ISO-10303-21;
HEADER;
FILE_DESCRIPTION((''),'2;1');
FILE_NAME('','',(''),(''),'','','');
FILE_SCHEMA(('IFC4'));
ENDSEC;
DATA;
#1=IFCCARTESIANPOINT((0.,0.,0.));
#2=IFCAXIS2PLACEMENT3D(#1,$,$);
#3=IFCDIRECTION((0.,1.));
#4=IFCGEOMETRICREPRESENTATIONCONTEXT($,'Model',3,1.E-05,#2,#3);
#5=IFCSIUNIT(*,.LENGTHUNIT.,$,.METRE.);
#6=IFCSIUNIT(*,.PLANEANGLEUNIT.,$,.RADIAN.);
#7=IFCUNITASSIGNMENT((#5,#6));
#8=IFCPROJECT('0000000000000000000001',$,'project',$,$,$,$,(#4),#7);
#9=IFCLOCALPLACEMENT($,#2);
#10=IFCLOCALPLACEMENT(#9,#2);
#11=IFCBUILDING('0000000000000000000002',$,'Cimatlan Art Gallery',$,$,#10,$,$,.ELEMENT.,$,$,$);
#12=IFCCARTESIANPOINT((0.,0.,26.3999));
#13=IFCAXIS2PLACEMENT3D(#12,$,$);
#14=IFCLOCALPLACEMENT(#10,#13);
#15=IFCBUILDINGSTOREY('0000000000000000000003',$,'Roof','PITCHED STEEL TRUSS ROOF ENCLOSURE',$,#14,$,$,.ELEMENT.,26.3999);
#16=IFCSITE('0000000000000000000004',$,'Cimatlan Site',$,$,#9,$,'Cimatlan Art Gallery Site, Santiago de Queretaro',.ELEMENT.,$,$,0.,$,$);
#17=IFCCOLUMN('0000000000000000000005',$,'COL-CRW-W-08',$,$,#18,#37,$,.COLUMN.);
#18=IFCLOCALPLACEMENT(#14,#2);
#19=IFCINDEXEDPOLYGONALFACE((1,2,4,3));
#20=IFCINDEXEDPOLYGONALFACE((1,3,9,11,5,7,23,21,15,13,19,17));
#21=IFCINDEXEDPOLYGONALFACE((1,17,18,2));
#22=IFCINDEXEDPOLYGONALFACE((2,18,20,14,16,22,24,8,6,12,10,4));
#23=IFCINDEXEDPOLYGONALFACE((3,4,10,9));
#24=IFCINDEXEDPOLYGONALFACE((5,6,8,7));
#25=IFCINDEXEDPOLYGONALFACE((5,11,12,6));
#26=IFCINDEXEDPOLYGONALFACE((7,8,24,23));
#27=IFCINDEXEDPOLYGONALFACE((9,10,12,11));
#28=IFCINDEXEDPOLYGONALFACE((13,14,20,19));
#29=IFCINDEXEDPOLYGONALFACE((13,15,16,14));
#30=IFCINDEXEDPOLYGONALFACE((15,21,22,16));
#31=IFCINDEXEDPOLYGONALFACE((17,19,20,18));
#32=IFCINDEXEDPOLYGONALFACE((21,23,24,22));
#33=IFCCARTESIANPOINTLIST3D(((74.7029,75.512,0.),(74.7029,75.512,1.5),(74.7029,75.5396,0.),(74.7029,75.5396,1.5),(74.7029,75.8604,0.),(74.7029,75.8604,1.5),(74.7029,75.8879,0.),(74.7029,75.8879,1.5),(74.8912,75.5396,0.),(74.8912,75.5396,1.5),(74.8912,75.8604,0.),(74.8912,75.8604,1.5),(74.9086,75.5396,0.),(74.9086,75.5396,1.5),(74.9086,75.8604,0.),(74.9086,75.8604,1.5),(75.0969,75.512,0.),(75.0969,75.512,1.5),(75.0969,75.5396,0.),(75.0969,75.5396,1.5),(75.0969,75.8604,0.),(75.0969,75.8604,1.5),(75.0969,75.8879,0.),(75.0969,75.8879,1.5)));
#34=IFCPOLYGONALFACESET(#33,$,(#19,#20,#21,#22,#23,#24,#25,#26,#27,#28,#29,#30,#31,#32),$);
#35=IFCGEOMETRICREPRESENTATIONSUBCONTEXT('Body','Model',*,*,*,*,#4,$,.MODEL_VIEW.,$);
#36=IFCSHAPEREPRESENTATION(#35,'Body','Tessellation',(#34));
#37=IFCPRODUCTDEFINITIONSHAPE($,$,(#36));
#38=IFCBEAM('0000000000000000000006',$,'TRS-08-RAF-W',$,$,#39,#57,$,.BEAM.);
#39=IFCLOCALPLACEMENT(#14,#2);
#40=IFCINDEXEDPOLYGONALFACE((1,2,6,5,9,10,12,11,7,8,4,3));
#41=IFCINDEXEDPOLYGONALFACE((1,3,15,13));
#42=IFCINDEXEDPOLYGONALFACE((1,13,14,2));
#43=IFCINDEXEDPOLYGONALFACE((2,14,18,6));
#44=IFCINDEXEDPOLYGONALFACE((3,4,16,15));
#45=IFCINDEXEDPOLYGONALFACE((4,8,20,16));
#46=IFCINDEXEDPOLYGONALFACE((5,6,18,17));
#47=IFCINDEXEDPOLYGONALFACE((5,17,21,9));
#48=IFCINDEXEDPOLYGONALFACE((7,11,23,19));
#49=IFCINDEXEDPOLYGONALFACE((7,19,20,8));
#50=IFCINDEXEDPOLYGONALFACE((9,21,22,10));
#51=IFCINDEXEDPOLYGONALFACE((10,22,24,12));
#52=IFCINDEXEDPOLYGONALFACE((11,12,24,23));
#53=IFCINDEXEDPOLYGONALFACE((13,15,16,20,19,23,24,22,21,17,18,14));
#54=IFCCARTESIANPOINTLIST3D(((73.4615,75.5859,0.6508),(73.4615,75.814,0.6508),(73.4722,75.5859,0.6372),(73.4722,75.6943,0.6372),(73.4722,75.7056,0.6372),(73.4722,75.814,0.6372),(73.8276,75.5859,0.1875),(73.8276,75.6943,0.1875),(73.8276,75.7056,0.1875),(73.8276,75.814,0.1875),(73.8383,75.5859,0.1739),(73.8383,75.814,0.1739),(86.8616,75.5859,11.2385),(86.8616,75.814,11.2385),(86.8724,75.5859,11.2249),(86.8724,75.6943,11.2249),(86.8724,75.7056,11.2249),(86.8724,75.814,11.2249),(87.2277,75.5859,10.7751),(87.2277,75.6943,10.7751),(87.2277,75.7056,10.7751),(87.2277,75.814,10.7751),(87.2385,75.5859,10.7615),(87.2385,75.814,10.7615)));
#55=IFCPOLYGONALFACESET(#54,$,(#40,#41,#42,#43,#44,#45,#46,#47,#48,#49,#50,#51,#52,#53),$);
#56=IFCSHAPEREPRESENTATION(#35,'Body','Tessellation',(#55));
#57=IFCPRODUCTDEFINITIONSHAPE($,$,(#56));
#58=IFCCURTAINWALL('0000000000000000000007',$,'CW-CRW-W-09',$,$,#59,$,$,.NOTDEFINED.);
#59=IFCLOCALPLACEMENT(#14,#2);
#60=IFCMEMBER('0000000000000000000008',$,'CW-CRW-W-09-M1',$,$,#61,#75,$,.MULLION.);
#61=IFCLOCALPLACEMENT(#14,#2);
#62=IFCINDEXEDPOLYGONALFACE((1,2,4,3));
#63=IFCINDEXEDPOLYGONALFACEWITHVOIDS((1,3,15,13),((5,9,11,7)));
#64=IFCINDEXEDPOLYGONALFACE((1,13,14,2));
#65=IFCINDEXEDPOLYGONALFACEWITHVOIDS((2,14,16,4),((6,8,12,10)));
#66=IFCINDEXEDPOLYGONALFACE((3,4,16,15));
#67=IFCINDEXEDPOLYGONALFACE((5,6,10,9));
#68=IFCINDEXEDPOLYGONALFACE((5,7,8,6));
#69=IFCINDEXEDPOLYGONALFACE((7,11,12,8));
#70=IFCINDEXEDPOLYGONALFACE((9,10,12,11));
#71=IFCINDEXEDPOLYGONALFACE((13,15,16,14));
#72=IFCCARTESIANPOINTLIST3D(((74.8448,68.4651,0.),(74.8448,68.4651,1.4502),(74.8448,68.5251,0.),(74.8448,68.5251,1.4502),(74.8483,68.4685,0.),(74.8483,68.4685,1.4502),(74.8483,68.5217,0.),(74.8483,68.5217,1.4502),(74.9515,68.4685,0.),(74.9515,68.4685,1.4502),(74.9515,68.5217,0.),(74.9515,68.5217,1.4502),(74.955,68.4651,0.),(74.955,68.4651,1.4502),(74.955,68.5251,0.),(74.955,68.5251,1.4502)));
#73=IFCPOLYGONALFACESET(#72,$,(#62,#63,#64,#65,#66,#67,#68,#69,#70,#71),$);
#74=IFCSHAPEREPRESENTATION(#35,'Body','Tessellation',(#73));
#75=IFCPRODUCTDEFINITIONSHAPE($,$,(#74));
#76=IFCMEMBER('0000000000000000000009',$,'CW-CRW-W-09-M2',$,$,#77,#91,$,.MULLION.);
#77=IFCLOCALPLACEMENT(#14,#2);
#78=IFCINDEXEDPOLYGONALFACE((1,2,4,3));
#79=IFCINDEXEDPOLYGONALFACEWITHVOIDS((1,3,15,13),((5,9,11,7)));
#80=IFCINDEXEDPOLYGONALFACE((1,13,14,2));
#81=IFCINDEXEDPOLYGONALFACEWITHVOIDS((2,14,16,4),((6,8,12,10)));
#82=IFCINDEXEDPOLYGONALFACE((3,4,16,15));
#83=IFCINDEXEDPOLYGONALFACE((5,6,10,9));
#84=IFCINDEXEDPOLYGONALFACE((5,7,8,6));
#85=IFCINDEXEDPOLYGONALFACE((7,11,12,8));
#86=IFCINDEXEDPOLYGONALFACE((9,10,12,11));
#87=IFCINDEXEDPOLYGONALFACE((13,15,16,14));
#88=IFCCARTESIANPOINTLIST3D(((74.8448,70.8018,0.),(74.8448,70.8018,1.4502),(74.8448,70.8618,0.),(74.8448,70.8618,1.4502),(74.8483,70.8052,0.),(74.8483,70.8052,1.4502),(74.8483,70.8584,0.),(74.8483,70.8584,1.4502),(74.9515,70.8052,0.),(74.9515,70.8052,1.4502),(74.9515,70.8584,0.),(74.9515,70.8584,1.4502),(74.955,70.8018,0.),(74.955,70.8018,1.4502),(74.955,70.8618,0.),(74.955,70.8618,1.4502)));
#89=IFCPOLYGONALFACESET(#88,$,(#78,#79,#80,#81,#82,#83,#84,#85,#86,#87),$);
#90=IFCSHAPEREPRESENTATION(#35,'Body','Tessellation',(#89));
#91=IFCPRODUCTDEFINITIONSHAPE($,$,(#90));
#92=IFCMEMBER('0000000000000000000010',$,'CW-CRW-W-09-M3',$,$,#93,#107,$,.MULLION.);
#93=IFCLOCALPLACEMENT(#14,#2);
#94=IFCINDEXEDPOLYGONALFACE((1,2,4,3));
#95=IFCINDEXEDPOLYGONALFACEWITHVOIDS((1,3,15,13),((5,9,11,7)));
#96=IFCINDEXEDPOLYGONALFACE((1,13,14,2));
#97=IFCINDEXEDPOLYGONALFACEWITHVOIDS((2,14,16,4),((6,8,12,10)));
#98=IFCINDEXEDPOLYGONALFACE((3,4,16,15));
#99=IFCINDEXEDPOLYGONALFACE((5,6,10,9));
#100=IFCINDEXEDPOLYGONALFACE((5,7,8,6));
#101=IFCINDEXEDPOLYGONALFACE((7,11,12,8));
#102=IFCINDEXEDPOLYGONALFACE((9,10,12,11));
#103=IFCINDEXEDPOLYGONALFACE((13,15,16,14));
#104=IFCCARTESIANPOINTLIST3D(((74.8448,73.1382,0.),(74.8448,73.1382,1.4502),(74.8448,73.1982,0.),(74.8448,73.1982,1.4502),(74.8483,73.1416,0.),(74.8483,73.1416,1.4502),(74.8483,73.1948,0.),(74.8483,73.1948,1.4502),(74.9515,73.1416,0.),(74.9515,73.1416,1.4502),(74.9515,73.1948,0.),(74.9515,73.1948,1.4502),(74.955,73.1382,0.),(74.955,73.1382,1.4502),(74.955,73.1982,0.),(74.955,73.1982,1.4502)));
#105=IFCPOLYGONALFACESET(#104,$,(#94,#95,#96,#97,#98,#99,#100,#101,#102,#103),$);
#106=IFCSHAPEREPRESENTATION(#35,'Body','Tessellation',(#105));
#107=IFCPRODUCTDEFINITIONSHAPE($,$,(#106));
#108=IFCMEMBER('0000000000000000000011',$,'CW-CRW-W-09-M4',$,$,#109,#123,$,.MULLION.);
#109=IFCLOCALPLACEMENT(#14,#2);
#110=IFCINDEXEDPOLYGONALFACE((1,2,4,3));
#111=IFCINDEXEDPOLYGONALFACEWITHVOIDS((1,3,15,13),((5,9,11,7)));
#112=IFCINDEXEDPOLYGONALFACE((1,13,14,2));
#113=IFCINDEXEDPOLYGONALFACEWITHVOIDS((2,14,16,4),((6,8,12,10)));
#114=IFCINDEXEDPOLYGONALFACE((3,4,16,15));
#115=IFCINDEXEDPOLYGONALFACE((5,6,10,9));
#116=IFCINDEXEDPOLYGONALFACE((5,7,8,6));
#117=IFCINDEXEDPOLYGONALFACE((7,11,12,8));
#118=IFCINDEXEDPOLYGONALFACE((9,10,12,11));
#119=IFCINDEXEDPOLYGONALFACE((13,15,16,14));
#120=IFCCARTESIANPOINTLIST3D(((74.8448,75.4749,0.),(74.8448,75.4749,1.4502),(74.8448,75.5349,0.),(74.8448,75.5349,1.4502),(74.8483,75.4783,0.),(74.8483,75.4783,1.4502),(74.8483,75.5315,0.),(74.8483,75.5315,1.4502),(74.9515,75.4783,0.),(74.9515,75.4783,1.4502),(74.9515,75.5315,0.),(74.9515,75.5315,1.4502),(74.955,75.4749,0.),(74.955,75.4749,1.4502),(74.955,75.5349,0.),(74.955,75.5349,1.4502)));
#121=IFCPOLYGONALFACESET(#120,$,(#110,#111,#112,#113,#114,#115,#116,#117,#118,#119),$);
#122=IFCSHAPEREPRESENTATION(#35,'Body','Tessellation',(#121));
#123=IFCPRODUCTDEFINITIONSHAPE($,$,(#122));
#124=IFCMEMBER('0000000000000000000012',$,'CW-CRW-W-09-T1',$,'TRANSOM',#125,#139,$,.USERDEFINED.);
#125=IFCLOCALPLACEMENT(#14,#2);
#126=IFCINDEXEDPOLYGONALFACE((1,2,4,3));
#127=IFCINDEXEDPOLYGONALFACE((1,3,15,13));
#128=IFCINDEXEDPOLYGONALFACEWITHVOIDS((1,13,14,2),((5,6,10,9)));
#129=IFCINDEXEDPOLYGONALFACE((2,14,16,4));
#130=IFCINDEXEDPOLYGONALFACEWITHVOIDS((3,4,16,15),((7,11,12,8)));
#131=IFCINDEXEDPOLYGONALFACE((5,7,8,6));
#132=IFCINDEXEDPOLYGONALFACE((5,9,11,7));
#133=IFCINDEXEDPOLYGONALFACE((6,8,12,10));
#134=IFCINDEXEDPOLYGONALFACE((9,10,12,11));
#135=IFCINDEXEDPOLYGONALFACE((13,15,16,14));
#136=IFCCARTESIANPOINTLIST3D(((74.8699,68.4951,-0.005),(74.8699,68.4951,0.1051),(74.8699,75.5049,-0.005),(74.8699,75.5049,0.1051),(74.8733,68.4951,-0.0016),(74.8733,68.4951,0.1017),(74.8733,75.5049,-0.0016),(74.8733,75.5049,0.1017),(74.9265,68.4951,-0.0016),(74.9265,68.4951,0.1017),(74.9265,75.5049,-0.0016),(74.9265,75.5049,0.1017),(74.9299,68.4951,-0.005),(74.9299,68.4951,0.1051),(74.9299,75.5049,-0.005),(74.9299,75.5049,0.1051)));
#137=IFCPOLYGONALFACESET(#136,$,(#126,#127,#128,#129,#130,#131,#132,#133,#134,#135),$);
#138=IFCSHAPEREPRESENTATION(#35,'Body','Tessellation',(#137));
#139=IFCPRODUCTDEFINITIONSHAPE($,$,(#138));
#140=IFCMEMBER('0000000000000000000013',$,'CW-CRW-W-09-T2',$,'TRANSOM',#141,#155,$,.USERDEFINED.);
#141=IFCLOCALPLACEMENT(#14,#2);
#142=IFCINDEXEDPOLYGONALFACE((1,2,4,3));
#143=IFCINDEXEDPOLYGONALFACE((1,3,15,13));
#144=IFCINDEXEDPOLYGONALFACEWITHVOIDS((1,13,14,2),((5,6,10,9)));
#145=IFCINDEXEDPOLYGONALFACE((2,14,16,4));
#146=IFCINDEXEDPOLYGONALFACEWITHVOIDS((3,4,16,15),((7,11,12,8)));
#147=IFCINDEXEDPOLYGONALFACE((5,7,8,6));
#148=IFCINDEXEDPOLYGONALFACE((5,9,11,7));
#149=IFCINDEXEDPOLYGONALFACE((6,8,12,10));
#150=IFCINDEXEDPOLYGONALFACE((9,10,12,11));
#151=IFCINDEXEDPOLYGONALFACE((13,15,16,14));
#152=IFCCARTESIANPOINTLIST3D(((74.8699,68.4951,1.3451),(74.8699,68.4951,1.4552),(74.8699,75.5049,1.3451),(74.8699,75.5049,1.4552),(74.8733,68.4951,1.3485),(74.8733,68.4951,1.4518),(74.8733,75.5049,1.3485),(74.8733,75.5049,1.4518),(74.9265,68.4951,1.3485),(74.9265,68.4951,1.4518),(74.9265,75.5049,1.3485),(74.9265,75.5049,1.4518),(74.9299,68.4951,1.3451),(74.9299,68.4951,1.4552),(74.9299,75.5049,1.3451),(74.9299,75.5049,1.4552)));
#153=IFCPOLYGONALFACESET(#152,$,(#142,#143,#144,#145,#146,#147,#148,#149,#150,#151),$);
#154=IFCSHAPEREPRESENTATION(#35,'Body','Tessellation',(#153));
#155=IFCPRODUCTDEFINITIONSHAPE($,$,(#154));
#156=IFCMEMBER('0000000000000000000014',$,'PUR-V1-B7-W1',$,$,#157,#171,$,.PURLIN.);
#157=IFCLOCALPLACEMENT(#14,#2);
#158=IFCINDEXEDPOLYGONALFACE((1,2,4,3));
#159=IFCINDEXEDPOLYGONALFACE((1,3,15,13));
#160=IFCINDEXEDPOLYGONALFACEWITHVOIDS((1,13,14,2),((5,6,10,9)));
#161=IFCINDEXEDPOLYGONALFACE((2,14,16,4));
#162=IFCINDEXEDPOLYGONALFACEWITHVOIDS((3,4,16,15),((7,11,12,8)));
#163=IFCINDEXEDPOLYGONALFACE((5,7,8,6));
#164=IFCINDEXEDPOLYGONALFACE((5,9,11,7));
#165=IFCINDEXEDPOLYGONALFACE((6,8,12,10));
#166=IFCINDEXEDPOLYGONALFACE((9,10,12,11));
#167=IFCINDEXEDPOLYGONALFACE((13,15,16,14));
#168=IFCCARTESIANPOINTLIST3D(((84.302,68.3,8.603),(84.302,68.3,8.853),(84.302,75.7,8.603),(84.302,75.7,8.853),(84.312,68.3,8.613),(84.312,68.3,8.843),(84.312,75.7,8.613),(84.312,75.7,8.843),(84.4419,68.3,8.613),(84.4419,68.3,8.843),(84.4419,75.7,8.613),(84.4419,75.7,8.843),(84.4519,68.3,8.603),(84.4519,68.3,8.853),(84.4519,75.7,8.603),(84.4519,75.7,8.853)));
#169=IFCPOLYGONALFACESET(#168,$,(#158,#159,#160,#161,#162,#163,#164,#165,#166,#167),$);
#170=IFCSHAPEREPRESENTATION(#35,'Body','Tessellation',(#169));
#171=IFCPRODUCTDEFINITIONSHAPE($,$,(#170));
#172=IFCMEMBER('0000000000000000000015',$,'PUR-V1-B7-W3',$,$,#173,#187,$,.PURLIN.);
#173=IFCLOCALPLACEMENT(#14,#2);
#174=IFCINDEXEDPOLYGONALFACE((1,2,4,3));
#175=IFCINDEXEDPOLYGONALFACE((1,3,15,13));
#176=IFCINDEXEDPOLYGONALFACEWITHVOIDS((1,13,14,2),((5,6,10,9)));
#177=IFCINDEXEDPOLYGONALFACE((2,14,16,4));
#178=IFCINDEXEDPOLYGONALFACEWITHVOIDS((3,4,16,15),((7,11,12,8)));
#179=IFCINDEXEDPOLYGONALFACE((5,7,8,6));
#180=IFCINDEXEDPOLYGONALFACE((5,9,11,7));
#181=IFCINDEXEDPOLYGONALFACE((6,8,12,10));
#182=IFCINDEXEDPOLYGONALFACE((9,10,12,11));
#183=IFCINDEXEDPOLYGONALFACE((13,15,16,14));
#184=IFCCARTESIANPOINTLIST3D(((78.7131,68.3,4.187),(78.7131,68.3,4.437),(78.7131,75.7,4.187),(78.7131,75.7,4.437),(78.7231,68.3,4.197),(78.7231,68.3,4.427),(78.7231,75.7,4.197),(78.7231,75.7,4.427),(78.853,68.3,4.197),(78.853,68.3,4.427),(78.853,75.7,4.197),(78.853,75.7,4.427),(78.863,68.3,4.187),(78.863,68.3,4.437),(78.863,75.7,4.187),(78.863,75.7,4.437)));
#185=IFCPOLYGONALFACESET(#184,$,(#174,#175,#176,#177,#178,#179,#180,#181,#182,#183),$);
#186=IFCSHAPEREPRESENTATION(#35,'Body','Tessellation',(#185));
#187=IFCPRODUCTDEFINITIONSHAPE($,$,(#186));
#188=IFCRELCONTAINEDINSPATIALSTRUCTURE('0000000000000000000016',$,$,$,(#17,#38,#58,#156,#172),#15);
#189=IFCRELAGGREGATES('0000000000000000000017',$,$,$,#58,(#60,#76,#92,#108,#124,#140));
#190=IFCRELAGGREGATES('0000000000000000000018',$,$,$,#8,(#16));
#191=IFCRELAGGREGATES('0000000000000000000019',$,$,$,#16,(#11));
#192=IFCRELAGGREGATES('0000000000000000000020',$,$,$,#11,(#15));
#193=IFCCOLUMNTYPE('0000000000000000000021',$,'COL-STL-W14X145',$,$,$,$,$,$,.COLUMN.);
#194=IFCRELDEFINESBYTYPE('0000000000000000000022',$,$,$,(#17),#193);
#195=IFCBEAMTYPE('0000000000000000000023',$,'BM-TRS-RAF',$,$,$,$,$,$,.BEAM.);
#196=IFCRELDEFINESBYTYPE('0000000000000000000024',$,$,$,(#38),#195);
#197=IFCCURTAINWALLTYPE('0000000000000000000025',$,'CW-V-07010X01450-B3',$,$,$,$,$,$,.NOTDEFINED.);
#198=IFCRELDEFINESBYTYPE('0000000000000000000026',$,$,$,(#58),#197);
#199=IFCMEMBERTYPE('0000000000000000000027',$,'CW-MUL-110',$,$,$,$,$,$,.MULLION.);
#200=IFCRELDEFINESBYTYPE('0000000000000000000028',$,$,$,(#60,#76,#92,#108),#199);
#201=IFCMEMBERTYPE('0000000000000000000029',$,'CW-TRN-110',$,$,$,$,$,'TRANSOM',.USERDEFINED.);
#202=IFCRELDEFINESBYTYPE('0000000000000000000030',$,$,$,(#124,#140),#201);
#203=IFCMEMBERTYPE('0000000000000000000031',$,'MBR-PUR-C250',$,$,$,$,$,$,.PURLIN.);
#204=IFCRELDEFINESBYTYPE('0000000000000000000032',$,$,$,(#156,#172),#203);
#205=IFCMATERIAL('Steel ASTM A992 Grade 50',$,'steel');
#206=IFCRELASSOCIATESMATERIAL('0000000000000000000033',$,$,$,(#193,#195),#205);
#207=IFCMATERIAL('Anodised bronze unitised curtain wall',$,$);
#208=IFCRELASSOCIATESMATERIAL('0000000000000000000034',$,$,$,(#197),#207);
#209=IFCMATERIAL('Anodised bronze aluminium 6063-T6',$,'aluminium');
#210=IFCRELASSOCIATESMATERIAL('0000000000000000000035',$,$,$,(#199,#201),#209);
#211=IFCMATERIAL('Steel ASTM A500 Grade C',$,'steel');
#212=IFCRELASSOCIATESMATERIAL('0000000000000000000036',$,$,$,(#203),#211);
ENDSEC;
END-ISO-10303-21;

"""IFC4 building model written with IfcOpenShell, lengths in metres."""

from ifc_helpers import new_model, si_unit, direction, frame, origin, origin_2d, place, context, subcontext, project, spatial, hollow_rectangle, i_section, extrude, material, material_profile, profile_set, type_object, element, aggregate, save


model = new_model("IFC4")

# Units and contexts
model_context = context("Model", 3, precision=1e-05, world=origin(), true_north=direction((0.0, 1.0)))
body_context = subcontext(model_context, "Body", "Model", "MODEL_VIEW")
ifc_project = project(units=[si_unit("LENGTHUNIT", "METRE"), si_unit("PLANEANGLEUNIT", "RADIAN")], contexts=[model_context])

# Site, building, storey
site_placement = place(None, origin())
site = spatial("IfcSite", under=ifc_project, at=site_placement, Name="Cimatlan Site", LongName="Cimatlan Art Gallery Site, Santiago de Queretaro", CompositionType="ELEMENT", RefElevation=0.0)
building_placement = place(site_placement, origin())
building = spatial("IfcBuilding", under=site, at=building_placement, Name="Cimatlan Art Gallery", CompositionType="ELEMENT")
storey_placement = place(building_placement, frame((0.0, 0.0, 26.3999)))
storey = spatial("IfcBuildingStorey", under=building, at=storey_placement, Name="Roof", Description="PITCHED STEEL TRUSS ROOF ENCLOSURE", CompositionType="ELEMENT", Elevation=26.3999)

# Column
ifc_material_1 = material(Name="Steel ASTM A992 Grade 50", Category="steel")
ifc_material_profile_1 = material_profile(ifc_material_1, i_section(OverallWidth=0.394, OverallDepth=0.376, WebThickness=0.0173, FlangeThickness=0.0276, at=origin_2d()), Name="W14X145")
ifc_profile_set_1 = profile_set([ifc_material_profile_1], Name="Steel ASTM A992 Grade 50")
column_type = type_object("IfcColumnType", Name="COL-STL-W14X145", PredefinedType="COLUMN", material=ifc_profile_set_1)
column_placement = place(storey_placement, frame((74.8999, 75.7, 0.0), z_axis=(0.0, 0.0, 1.0), x_axis=(1.0, 0.0, 0.0)))
element("IfcColumn", 1, at=column_placement, inside=storey, type_object=column_type, Name="COL-CRW-W-08", PredefinedType="COLUMN", context=body_context, shape_type="SweptSolid", body=[
    extrude(i_section(OverallWidth=0.394, OverallDepth=0.376, WebThickness=0.0173, FlangeThickness=0.0276, at=origin_2d()), origin(), (0.0, 0.0, 1.0), 1.5),
])

# Beam
ifc_material_profile_2 = material_profile(ifc_material_1, i_section(OverallWidth=0.228, OverallDepth=0.6079, WebThickness=0.0112, FlangeThickness=0.0173, at=origin_2d()), Name="W24X76")
ifc_profile_set_2 = profile_set([ifc_material_profile_2], Name="Steel ASTM A992 Grade 50")
beam_type = type_object("IfcBeamType", Name="BM-TRS-RAF", PredefinedType="BEAM", material=ifc_profile_set_2)
beam_placement = place(storey_placement, frame((73.6499, 75.7, 0.4124), z_axis=(0.784638, 0.0, 0.619954), x_axis=(0.0, 1.0, 0.0)))
element("IfcBeam", 2, at=beam_placement, inside=storey, type_object=beam_type, Name="TRS-08-RAF-W", PredefinedType="BEAM", context=body_context, shape_type="SweptSolid", body=[
    extrude(i_section(OverallWidth=0.228, OverallDepth=0.6079, WebThickness=0.0112, FlangeThickness=0.0173, at=origin_2d()), origin(), (0.0, 0.0, 1.0), 17.0781),
])

# Curtain wall, members
ifc_material_2 = material(Name="Anodised bronze unitised curtain wall")
curtain_wall_type = type_object("IfcCurtainWallType", Name="CW-V-07010X01450-B3", PredefinedType="NOTDEFINED", material=ifc_material_2)
curtain_wall_placement = place(storey_placement, origin())
curtain_wall = element("IfcCurtainWall", 3, at=curtain_wall_placement, inside=storey, type_object=curtain_wall_type, Name="CW-CRW-W-09", PredefinedType="NOTDEFINED")
ifc_material_3 = material(Name="Anodised bronze aluminium 6063-T6", Category="aluminium")
ifc_material_profile_3 = material_profile(ifc_material_3, hollow_rectangle(XDim=0.0601, YDim=0.1101, WallThickness=0.0034, at=origin_2d()), Name="ALU60X110X3")
ifc_profile_set_3 = profile_set([ifc_material_profile_3], Name="Anodised bronze aluminium 6063-T6")
member_type_1 = type_object("IfcMemberType", Name="CW-MUL-110", PredefinedType="MULLION", material=ifc_profile_set_3)
member_1_placement = place(storey_placement, frame((74.8999, 68.4951, 0.0), z_axis=(0.0, 0.0, 1.0), x_axis=(0.0, 1.0, 0.0)))
member_1 = element("IfcMember", 4, at=member_1_placement, type_object=member_type_1, Name="CW-CRW-W-09-M1", PredefinedType="MULLION", context=body_context, shape_type="SweptSolid", body=[
    extrude(hollow_rectangle(XDim=0.0601, YDim=0.1101, WallThickness=0.0034, at=origin_2d()), origin(), (0.0, 0.0, 1.0), 1.4502),
])
member_2_placement = place(storey_placement, frame((74.8999, 70.8318, 0.0), z_axis=(0.0, 0.0, 1.0), x_axis=(0.0, 1.0, 0.0)))
member_2 = element("IfcMember", 5, at=member_2_placement, type_object=member_type_1, Name="CW-CRW-W-09-M2", PredefinedType="MULLION", context=body_context, shape_type="SweptSolid", body=[
    extrude(hollow_rectangle(XDim=0.0601, YDim=0.1101, WallThickness=0.0034, at=origin_2d()), origin(), (0.0, 0.0, 1.0), 1.4502),
])
member_3_placement = place(storey_placement, frame((74.8999, 73.1682, 0.0), z_axis=(0.0, 0.0, 1.0), x_axis=(0.0, 1.0, 0.0)))
member_3 = element("IfcMember", 6, at=member_3_placement, type_object=member_type_1, Name="CW-CRW-W-09-M3", PredefinedType="MULLION", context=body_context, shape_type="SweptSolid", body=[
    extrude(hollow_rectangle(XDim=0.0601, YDim=0.1101, WallThickness=0.0034, at=origin_2d()), origin(), (0.0, 0.0, 1.0), 1.4502),
])
member_4_placement = place(storey_placement, frame((74.8999, 75.5049, 0.0), z_axis=(0.0, 0.0, 1.0), x_axis=(0.0, 1.0, 0.0)))
member_4 = element("IfcMember", 7, at=member_4_placement, type_object=member_type_1, Name="CW-CRW-W-09-M4", PredefinedType="MULLION", context=body_context, shape_type="SweptSolid", body=[
    extrude(hollow_rectangle(XDim=0.0601, YDim=0.1101, WallThickness=0.0034, at=origin_2d()), origin(), (0.0, 0.0, 1.0), 1.4502),
])
ifc_material_profile_4 = material_profile(ifc_material_3, hollow_rectangle(XDim=0.0601, YDim=0.1101, WallThickness=0.0034, at=origin_2d()), Name="ALU60X110X3")
ifc_profile_set_4 = profile_set([ifc_material_profile_4], Name="Anodised bronze aluminium 6063-T6")
member_type_2 = type_object("IfcMemberType", Name="CW-TRN-110", ElementType="TRANSOM", PredefinedType="USERDEFINED", material=ifc_profile_set_4)
member_5_placement = place(storey_placement, frame((74.8999, 68.4951, 0.05), z_axis=(0.0, 1.0, 0.0), x_axis=(-1.0, 0.0, 0.0)))
member_5 = element("IfcMember", 8, at=member_5_placement, type_object=member_type_2, Name="CW-CRW-W-09-T1", ObjectType="TRANSOM", PredefinedType="USERDEFINED", context=body_context, shape_type="SweptSolid", body=[
    extrude(hollow_rectangle(XDim=0.0601, YDim=0.1101, WallThickness=0.0034, at=origin_2d()), origin(), (0.0, 0.0, 1.0), 7.0098),
])
member_6_placement = place(storey_placement, frame((74.8999, 68.4951, 1.4001), z_axis=(0.0, 1.0, 0.0), x_axis=(-1.0, 0.0, 0.0)))
member_6 = element("IfcMember", 9, at=member_6_placement, type_object=member_type_2, Name="CW-CRW-W-09-T2", ObjectType="TRANSOM", PredefinedType="USERDEFINED", context=body_context, shape_type="SweptSolid", body=[
    extrude(hollow_rectangle(XDim=0.0601, YDim=0.1101, WallThickness=0.0034, at=origin_2d()), origin(), (0.0, 0.0, 1.0), 7.0098),
])

# Members
ifc_material_4 = material(Name="Steel ASTM A500 Grade C", Category="steel")
ifc_material_profile_5 = material_profile(ifc_material_4, hollow_rectangle(XDim=0.1499, YDim=0.25, WallThickness=0.01, at=origin_2d()), Name="HSS250X150X10")
ifc_profile_set_5 = profile_set([ifc_material_profile_5], Name="Steel ASTM A500 Grade C")
member_type_3 = type_object("IfcMemberType", Name="MBR-PUR-C250", PredefinedType="PURLIN", material=ifc_profile_set_5)
for number, where, z_axis, x_axis, name in (
    (10, (84.377, 68.3, 8.728), (0.0, 1.0, 0.0), (-1.0, 0.0, 0.0), "PUR-V1-B7-W1"),
    (11, (78.7881, 68.3, 4.312), (0.0, 1.0, 0.0), (-1.0, 0.0, 0.0), "PUR-V1-B7-W3"),
):
    element("IfcMember", number, at=place(storey_placement, frame(where, z_axis=z_axis, x_axis=x_axis)), inside=storey, type_object=member_type_3, Name=name, PredefinedType="PURLIN", context=body_context, shape_type="SweptSolid", body=[
        extrude(hollow_rectangle(XDim=0.1499, YDim=0.25, WallThickness=0.01, at=origin_2d()), origin(), (0.0, 0.0, 1.0), 7.3999),
    ])

aggregate(curtain_wall, [member_1, member_2, member_3, member_4, member_5, member_6])

save(model, "model.ifc")
